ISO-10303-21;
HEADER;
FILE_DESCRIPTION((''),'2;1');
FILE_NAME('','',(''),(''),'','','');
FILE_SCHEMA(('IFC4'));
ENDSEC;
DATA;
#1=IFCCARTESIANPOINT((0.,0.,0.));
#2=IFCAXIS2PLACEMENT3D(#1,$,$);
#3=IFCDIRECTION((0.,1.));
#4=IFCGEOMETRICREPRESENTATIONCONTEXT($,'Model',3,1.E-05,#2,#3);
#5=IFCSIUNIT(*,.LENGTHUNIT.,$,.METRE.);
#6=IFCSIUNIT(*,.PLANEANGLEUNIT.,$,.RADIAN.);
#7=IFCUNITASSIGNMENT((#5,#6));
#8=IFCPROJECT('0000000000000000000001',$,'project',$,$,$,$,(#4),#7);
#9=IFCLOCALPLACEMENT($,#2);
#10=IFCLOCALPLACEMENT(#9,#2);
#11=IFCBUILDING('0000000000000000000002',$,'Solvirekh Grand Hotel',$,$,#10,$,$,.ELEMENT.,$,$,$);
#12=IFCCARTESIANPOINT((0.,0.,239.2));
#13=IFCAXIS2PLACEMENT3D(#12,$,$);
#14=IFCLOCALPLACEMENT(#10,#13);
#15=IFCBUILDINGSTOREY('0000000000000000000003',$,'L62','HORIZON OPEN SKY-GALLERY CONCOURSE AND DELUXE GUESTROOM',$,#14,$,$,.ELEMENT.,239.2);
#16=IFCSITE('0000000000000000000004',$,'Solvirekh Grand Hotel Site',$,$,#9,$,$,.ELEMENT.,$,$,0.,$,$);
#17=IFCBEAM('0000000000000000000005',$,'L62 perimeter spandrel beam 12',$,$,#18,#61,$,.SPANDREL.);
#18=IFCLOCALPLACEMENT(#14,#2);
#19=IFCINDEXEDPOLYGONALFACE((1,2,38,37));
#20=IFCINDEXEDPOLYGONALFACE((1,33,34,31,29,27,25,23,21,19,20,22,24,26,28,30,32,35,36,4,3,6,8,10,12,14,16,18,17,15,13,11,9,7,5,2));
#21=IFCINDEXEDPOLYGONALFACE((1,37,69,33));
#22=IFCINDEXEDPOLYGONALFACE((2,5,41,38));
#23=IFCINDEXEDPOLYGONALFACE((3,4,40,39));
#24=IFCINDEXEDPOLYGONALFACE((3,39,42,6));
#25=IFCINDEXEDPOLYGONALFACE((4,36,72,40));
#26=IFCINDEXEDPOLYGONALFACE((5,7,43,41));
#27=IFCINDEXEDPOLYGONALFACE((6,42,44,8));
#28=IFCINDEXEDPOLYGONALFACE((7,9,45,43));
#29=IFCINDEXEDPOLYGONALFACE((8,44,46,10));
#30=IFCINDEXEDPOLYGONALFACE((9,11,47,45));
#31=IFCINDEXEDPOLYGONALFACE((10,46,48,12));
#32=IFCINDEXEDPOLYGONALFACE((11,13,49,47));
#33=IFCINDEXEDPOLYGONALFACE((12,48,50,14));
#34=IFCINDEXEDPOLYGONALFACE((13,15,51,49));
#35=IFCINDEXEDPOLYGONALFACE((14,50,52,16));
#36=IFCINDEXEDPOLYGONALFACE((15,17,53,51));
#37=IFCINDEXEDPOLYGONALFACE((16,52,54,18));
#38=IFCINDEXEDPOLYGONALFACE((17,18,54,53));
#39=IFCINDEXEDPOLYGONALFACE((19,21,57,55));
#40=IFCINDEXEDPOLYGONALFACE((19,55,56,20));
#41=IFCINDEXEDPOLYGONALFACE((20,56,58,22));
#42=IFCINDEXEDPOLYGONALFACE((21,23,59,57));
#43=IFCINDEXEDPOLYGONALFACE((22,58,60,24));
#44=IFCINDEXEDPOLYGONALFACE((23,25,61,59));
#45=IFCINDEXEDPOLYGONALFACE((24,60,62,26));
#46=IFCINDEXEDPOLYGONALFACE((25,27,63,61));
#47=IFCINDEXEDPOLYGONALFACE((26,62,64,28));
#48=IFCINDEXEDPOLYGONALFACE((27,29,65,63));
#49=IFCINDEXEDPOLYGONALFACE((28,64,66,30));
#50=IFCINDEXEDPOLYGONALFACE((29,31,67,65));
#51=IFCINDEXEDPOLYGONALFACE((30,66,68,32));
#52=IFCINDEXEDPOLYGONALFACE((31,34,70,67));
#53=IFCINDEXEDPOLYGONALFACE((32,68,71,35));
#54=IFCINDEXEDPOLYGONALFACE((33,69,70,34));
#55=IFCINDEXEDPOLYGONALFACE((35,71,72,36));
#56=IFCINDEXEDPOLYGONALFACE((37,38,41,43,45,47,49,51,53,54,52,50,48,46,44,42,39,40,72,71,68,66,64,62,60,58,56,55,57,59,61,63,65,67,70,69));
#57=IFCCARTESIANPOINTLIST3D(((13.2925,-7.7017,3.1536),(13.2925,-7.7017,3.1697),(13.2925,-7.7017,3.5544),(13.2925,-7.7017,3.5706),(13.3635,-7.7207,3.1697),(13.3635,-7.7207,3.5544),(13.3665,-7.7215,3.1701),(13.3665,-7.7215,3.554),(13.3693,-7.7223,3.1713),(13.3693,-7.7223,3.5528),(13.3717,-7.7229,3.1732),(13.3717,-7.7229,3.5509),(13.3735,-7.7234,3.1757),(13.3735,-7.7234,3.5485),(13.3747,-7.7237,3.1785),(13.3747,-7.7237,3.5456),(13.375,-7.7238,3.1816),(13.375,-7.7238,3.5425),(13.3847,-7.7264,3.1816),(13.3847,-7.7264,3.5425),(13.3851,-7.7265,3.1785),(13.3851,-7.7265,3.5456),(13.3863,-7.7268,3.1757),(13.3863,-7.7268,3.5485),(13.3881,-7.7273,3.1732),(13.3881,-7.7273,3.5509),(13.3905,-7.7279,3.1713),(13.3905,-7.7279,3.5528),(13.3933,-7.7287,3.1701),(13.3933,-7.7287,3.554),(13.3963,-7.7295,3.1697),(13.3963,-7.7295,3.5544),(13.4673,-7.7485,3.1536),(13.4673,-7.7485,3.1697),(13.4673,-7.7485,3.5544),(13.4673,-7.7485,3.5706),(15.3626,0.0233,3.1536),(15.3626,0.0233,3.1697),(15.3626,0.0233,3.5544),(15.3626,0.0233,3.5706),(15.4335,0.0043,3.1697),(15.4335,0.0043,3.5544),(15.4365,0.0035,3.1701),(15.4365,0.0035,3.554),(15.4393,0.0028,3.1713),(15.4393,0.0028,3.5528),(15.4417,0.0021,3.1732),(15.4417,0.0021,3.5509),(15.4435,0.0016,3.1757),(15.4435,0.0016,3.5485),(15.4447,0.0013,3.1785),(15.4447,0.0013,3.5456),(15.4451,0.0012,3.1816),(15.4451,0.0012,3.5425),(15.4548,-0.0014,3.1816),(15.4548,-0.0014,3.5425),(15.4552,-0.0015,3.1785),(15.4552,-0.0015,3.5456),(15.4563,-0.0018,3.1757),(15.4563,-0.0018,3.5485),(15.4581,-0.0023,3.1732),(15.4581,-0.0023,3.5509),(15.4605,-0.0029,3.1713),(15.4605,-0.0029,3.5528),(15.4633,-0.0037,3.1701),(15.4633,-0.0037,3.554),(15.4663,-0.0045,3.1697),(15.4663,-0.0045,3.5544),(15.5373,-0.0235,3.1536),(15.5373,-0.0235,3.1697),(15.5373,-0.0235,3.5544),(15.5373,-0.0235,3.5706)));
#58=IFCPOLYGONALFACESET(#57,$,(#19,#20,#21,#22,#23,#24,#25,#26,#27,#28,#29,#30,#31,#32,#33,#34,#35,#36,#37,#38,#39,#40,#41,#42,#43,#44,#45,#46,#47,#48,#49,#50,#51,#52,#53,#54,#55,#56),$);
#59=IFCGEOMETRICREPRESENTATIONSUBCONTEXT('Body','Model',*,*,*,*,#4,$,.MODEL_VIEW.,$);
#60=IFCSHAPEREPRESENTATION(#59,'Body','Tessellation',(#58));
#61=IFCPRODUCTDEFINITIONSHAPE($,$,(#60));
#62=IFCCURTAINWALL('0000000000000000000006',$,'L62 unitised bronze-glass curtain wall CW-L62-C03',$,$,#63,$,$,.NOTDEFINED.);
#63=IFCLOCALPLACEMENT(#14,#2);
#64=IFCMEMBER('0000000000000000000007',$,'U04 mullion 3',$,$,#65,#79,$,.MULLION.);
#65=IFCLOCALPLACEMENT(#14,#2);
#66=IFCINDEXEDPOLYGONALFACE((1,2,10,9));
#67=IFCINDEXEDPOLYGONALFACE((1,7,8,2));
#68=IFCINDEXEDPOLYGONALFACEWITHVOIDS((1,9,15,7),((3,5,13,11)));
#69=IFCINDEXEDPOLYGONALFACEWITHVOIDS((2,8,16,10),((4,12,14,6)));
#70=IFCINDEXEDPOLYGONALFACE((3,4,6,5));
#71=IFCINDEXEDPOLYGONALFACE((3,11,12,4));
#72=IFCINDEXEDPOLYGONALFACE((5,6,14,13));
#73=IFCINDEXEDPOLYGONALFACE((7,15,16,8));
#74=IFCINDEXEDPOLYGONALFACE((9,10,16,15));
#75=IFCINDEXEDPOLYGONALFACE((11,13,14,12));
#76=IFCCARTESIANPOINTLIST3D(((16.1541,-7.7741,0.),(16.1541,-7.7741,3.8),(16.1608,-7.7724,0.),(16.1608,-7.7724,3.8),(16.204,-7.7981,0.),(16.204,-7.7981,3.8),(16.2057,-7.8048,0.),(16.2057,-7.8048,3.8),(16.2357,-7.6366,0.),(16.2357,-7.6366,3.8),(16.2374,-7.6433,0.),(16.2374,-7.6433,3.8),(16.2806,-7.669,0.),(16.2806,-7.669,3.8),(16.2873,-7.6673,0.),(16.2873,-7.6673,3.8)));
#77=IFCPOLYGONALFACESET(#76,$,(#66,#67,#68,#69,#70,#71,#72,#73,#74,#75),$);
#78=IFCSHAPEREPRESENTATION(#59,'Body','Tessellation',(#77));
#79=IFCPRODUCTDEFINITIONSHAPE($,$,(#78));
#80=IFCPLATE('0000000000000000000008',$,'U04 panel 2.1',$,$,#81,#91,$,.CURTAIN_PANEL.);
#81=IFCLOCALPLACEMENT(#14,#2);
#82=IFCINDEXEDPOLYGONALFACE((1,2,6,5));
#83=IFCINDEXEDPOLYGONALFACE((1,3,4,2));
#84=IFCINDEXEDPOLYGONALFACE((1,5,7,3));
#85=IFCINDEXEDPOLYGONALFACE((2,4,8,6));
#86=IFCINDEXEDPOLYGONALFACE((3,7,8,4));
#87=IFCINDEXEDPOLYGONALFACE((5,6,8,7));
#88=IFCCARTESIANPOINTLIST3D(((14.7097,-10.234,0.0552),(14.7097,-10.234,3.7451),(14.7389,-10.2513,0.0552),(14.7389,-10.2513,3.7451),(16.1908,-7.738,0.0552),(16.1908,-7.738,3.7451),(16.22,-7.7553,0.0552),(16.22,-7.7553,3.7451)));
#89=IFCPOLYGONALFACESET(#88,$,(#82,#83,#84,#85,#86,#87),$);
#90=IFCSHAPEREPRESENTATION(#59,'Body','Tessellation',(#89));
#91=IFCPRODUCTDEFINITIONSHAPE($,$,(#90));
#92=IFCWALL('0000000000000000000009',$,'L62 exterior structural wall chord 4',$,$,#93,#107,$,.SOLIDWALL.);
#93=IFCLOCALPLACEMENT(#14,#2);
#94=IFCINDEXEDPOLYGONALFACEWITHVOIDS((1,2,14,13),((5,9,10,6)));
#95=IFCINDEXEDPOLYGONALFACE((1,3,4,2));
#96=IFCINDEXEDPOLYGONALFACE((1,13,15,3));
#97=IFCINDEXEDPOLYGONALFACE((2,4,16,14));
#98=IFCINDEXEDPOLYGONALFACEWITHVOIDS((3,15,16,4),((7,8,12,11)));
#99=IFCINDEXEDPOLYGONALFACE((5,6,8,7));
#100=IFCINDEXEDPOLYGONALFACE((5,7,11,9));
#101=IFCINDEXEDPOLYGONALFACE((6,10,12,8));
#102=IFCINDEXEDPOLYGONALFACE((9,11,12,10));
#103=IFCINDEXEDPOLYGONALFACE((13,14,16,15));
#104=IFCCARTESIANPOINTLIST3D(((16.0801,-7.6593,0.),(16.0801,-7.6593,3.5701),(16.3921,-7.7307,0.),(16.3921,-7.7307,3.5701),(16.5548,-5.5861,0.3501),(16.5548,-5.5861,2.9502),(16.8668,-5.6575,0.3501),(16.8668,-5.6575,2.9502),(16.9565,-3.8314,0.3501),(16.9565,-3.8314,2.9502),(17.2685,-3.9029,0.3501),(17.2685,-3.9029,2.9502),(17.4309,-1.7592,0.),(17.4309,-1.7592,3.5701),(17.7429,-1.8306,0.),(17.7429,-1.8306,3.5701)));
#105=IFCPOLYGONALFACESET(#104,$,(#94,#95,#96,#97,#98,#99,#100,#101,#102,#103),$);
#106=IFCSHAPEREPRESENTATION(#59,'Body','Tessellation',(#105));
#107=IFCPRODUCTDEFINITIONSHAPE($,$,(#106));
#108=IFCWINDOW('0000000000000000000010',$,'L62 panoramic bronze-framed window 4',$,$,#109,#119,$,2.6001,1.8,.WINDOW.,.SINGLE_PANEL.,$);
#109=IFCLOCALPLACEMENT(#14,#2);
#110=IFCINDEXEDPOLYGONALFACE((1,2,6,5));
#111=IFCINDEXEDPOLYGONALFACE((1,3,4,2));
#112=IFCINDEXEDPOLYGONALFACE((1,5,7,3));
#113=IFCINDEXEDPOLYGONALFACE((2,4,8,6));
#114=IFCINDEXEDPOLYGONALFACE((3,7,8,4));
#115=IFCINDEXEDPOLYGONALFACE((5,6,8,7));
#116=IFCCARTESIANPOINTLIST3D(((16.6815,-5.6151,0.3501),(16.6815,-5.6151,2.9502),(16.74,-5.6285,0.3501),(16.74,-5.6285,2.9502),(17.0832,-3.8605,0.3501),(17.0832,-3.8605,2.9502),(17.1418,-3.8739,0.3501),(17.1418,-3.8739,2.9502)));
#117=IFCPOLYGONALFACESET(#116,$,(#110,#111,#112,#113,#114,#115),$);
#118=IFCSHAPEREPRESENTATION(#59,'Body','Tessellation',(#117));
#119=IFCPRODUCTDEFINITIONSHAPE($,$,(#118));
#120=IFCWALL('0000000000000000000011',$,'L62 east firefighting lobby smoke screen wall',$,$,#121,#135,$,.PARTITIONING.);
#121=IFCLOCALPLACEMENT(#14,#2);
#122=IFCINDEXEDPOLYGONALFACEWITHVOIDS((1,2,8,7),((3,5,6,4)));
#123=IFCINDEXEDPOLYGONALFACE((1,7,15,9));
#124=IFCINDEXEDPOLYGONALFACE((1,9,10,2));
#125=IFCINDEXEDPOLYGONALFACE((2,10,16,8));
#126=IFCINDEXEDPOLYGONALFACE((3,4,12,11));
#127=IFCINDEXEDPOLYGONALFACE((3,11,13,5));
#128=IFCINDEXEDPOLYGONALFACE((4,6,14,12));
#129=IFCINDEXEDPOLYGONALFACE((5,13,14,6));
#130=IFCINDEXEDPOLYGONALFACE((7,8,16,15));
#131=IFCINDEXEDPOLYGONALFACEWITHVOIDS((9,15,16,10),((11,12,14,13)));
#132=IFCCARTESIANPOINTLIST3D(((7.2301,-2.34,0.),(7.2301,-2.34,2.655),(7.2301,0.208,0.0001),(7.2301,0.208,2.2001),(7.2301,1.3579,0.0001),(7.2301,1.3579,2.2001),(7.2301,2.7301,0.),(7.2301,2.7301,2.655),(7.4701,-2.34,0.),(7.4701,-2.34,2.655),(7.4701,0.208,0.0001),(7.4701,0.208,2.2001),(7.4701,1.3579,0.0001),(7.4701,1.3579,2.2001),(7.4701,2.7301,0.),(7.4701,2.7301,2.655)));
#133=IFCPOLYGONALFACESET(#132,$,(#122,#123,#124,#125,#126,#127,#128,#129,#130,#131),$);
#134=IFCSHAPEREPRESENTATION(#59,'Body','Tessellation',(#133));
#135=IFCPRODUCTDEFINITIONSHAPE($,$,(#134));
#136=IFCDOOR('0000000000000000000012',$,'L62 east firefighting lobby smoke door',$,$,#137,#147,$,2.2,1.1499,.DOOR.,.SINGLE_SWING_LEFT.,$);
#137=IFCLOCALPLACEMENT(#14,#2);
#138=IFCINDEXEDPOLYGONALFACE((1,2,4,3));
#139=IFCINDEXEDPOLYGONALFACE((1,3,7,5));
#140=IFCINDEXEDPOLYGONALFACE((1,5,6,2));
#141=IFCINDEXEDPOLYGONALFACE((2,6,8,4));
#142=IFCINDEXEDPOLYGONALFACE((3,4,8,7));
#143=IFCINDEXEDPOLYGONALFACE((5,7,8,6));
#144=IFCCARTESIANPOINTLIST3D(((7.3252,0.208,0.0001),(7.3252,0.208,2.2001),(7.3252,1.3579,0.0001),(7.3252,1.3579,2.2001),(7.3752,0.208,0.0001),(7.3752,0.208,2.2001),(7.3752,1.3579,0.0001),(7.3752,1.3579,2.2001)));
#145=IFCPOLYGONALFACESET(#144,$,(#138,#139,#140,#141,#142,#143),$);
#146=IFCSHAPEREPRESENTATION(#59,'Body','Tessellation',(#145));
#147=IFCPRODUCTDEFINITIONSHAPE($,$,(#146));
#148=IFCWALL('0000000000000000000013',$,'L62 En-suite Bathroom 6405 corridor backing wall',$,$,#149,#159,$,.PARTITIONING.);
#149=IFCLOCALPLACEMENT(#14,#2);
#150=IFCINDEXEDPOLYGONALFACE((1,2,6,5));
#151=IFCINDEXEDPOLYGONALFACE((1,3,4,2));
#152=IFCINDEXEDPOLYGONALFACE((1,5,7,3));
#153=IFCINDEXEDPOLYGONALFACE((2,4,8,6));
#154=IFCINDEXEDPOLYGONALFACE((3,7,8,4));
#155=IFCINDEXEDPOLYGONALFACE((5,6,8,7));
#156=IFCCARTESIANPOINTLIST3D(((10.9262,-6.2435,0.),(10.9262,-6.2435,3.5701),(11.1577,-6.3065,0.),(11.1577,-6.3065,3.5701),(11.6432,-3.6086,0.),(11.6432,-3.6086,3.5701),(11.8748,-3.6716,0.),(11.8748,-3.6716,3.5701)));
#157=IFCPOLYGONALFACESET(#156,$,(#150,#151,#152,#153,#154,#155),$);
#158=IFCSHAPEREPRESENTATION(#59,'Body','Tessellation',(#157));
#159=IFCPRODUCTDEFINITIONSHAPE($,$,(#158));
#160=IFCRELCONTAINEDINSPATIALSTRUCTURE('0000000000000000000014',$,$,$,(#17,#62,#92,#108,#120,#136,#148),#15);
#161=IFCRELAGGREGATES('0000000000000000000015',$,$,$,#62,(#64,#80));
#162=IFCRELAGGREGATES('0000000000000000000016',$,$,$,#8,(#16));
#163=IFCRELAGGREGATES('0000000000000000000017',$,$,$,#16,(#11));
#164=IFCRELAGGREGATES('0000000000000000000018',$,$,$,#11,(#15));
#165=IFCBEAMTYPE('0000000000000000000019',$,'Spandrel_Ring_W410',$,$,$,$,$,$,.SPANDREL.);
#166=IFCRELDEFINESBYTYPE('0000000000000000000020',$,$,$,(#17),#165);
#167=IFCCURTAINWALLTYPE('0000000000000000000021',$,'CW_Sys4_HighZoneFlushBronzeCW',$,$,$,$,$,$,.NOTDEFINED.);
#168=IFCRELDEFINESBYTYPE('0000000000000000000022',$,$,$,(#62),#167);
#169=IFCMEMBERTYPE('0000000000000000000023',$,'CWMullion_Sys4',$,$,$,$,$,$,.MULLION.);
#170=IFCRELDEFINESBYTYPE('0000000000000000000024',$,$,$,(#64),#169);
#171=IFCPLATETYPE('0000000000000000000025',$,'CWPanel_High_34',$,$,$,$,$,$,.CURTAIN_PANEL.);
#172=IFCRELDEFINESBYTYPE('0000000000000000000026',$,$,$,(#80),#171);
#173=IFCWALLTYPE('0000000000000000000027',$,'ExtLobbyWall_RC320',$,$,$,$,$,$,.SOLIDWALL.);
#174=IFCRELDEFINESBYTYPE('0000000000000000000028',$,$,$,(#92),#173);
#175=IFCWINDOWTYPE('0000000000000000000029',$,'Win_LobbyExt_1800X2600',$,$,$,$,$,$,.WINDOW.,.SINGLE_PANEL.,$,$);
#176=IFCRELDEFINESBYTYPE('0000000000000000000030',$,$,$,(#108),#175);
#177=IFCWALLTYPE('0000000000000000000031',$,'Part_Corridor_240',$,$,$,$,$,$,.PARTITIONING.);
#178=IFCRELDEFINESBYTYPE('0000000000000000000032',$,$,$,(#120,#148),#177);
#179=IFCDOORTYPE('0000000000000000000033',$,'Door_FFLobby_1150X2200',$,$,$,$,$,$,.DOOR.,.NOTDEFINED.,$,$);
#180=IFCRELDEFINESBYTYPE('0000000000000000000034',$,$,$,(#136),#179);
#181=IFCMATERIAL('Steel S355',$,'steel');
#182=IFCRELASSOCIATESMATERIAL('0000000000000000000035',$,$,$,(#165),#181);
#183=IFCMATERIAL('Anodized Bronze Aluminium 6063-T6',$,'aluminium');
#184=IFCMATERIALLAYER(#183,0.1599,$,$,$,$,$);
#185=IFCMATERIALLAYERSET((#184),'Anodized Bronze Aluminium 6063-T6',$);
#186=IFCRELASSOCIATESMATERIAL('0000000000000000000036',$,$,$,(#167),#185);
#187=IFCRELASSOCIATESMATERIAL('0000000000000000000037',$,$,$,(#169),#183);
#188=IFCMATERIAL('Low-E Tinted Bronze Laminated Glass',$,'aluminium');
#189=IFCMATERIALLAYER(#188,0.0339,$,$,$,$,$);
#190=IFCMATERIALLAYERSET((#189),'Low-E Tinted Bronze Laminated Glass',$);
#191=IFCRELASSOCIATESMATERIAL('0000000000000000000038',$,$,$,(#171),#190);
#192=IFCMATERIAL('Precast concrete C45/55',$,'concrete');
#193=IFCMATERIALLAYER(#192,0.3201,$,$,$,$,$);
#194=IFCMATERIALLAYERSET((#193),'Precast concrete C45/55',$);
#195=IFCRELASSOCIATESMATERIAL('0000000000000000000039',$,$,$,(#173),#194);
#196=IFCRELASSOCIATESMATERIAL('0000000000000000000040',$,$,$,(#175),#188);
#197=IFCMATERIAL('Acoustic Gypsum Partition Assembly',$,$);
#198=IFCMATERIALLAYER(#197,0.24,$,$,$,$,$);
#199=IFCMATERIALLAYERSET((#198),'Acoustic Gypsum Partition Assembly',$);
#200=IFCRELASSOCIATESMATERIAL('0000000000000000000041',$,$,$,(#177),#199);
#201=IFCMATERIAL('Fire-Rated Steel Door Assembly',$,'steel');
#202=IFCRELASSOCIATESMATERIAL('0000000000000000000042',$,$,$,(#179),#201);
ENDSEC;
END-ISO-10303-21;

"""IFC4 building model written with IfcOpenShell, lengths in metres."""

from ifc_helpers import new_model, si_unit, direction, frame, frame_2d, origin, origin_2d, place, context, subcontext, project, spatial, rectangle, hollow_rectangle, i_section, extrude, source, transform, mapped, material, layer, layer_set, material_profile, profile_set, type_object, element, fill, aggregate, save


model = new_model("IFC4")

# Units and contexts
model_context = context("Model", 3, precision=1e-05, world=origin(), true_north=direction((0.0, 1.0)))
body_context = subcontext(model_context, "Body", "Model", "MODEL_VIEW")
ifc_project = project(units=[si_unit("LENGTHUNIT", "METRE"), si_unit("PLANEANGLEUNIT", "RADIAN")], contexts=[model_context])

# Site, building, storey
site_placement = place(None, origin())
site = spatial("IfcSite", under=ifc_project, at=site_placement, Name="Solvirekh Grand Hotel Site", CompositionType="ELEMENT", RefElevation=0.0)
building_placement = place(site_placement, origin())
building = spatial("IfcBuilding", under=site, at=building_placement, Name="Solvirekh Grand Hotel", CompositionType="ELEMENT")
storey_placement = place(building_placement, frame((0.0, 0.0, 239.2)))
storey = spatial("IfcBuildingStorey", under=building, at=storey_placement, Name="L62", Description="HORIZON OPEN SKY-GALLERY CONCOURSE AND DELUXE GUESTROOM", CompositionType="ELEMENT", Elevation=239.2)

# Beam
ifc_material_1 = material(Name="Steel S355", Category="steel")
ifc_material_profile_1 = material_profile(ifc_material_1, i_section(OverallWidth=0.1809, OverallDepth=0.417, WebThickness=0.01, FlangeThickness=0.0161, FilletRadius=0.012, at=origin_2d()), Name="W410X85")
ifc_profile_set_1 = profile_set([ifc_material_profile_1], Name="Steel S355")
beam_type_1 = type_object("IfcBeamType", Name="Spandrel_Ring_W410", PredefinedType="SPANDREL", material=ifc_profile_set_1)
beam_1_placement = place(storey_placement, frame((13.3799, -7.7251, 3.3621), z_axis=(0.258835, 0.965922, 0.0), x_axis=(-0.965922, 0.258835, 0.0)))
element("IfcBeam", 1, at=beam_1_placement, inside=storey, type_object=beam_type_1, Name="L62 perimeter spandrel beam 12", PredefinedType="SPANDREL", context=body_context, shape_type="SweptSolid", body=[
    extrude(i_section(OverallWidth=0.1809, OverallDepth=0.417, WebThickness=0.01, FlangeThickness=0.0161, FilletRadius=0.012, at=origin_2d()), origin(), (0.0, 0.0, 1.0), 7.9976),
])

# Curtain wall, member, plate
ifc_material_2 = material(Name="Anodized Bronze Aluminium 6063-T6", Category="aluminium")
ifc_layer_1 = layer(ifc_material_2, 0.1599)
ifc_layer_set_1 = layer_set([ifc_layer_1], Name="Anodized Bronze Aluminium 6063-T6")
curtain_wall_type = type_object("IfcCurtainWallType", Name="CW_Sys4_HighZoneFlushBronzeCW", PredefinedType="NOTDEFINED", material=ifc_layer_set_1)
curtain_wall_placement = place(storey_placement, origin())
curtain_wall = element("IfcCurtainWall", 2, at=curtain_wall_placement, inside=storey, type_object=curtain_wall_type, Name="L62 unitised bronze-glass curtain wall CW-L62-C03", PredefinedType="NOTDEFINED")
ifc_material_profile_2 = material_profile(ifc_material_2, hollow_rectangle(XDim=0.0601, YDim=0.1599, WallThickness=0.0049, at=origin_2d()), Name="ALU RHS 160X60X5")
ifc_profile_set_2 = profile_set([ifc_material_profile_2], Name="Anodized Bronze Aluminium 6063-T6")
member_type = type_object("IfcMemberType", Name="CWMullion_Sys4", PredefinedType="MULLION", material=ifc_profile_set_2)
shared_shape_1 = source(origin(), body_context, "Body", "SweptSolid", [
    extrude(hollow_rectangle(XDim=0.0601, YDim=0.1599, WallThickness=0.0049, at=origin_2d()), origin(), (0.0, 0.0, 1.0), 3.8),
])
member_placement = place(storey_placement, frame((16.2207, -7.7207, 0.0), z_axis=(0.0, 0.0, 1.0), x_axis=(-0.860004, 0.510288, 0.0)))
member = element("IfcMember", 3, at=member_placement, type_object=member_type, Name="U04 mullion 3", PredefinedType="MULLION", context=body_context, shape_type="MappedRepresentation", body=[
    mapped(shared_shape_1, transform((0.0, 0.0, 0.0), x_axis=(1.0, 0.0, 0.0), y_axis=(0.0, 1.0, 0.0), z_axis=(0.0, 0.0, 1.0), scale=1.0)),
])
ifc_material_3 = material(Name="Low-E Tinted Bronze Laminated Glass", Category="aluminium")
ifc_layer_2 = layer(ifc_material_3, 0.0339)
ifc_layer_set_2 = layer_set([ifc_layer_2], Name="Low-E Tinted Bronze Laminated Glass")
plate_type = type_object("IfcPlateType", Name="CWPanel_High_34", PredefinedType="CURTAIN_PANEL", material=ifc_layer_set_2)
shared_shape_2 = source(origin(), body_context, "Body", "SweptSolid", [
    extrude(rectangle(XDim=2.9023, YDim=0.0339, at=origin_2d()), origin(), (0.0, 0.0, 1.0), 3.6899),
])
plate_placement = place(storey_placement, frame((15.4648, -8.9946, 0.0552), z_axis=(0.0, 0.0, 1.0), x_axis=(0.510288, 0.860004, 0.0)))
plate = element("IfcPlate", 4, at=plate_placement, type_object=plate_type, Name="U04 panel 2.1", PredefinedType="CURTAIN_PANEL", context=body_context, shape_type="MappedRepresentation", body=[
    mapped(shared_shape_2, transform((0.0, 0.0, 0.0), x_axis=(1.0, 0.0, 0.0), y_axis=(0.0, 1.0, 0.0), z_axis=(0.0, 0.0, 1.0), scale=1.0)),
])
aggregate(curtain_wall, [member, plate])

# Wall, opening, window
ifc_material_4 = material(Name="Precast concrete C45/55", Category="concrete")
ifc_layer_3 = layer(ifc_material_4, 0.3201)
ifc_layer_set_3 = layer_set([ifc_layer_3], Name="Precast concrete C45/55")
wall_type_1 = type_object("IfcWallType", Name="ExtLobbyWall_RC320", PredefinedType="SOLIDWALL", material=ifc_layer_set_3)
wall_1_placement = place(storey_placement, frame((17.5869, -1.7949, 0.0), z_axis=(0.0, 0.0, 1.0), x_axis=(-0.223174, -0.974779, 0.0)))
wall_1 = element("IfcWall", 5, at=wall_1_placement, inside=storey, type_object=wall_type_1, Name="L62 exterior structural wall chord 4", PredefinedType="SOLIDWALL", context=body_context, shape_type="SweptSolid", body=[
    extrude(rectangle(XDim=6.0527, YDim=0.3201, at=frame_2d((3.0264, 0.0))), origin(), (0.0, 0.0, 1.0), 3.5701),
])
opening_1_placement = place(wall_1_placement, frame((2.126, 0.0, 0.3501)))
opening_1 = element("IfcOpeningElement", 6, at=opening_1_placement, cuts=wall_1, PredefinedType="OPENING", context=body_context, shape_type="SweptSolid", body=[
    extrude(rectangle(XDim=1.8, YDim=2.6001, at=frame_2d((0.8999, 1.3))), frame((0.0, 0.1699, 0.0), z_axis=(0.0, -1.0, 0.0), x_axis=(1.0, 0.0, 0.0)), (0.0, 0.0, 1.0), 0.3401),
])
window_type = type_object("IfcWindowType", Name="Win_LobbyExt_1800X2600", PartitioningType="SINGLE_PANEL", PredefinedType="WINDOW", material=ifc_material_3)
window_placement = place(opening_1_placement, origin())
window = element("IfcWindow", 7, at=window_placement, inside=storey, type_object=window_type, Name="L62 panoramic bronze-framed window 4", OverallHeight=2.6001, OverallWidth=1.8, PartitioningType="SINGLE_PANEL", PredefinedType="WINDOW", context=body_context, shape_type="SweptSolid", body=[
    extrude(rectangle(XDim=1.8, YDim=2.6001, at=frame_2d((0.8999, 1.3))), frame((0.0, 0.03, 0.0), z_axis=(0.0, -1.0, 0.0), x_axis=(1.0, 0.0, 0.0)), (0.0, 0.0, 1.0), 0.0601),
])
fill(opening_1, window)

# Wall, opening, door
ifc_material_5 = material(Name="Acoustic Gypsum Partition Assembly")
ifc_layer_4 = layer(ifc_material_5, 0.24)
ifc_layer_set_4 = layer_set([ifc_layer_4], Name="Acoustic Gypsum Partition Assembly")
wall_type_2 = type_object("IfcWallType", Name="Part_Corridor_240", PredefinedType="PARTITIONING", material=ifc_layer_set_4)
wall_2_placement = place(storey_placement, frame((7.3501, -2.3401, 0.0), z_axis=(0.0, 0.0, 1.0), x_axis=(0.0, 1.0, 0.0)))
wall_2 = element("IfcWall", 8, at=wall_2_placement, inside=storey, type_object=wall_type_2, Name="L62 east firefighting lobby smoke screen wall", PredefinedType="PARTITIONING", context=body_context, shape_type="SweptSolid", body=[
    extrude(rectangle(XDim=5.0701, YDim=0.24, at=frame_2d((2.5352, 0.0))), origin(), (0.0, 0.0, 1.0), 2.655),
])
opening_2_placement = place(wall_2_placement, frame((2.5481, 0.0, 0.0)))
opening_2 = element("IfcOpeningElement", 9, at=opening_2_placement, cuts=wall_2, PredefinedType="OPENING", context=body_context, shape_type="SweptSolid", body=[
    extrude(rectangle(XDim=1.1499, YDim=2.2, at=frame_2d((0.575, 1.1001))), frame((0.0, 0.1299, 0.0), z_axis=(0.0, -1.0, 0.0), x_axis=(1.0, 0.0, 0.0)), (0.0, 0.0, 1.0), 0.26),
])
ifc_material_6 = material(Name="Fire-Rated Steel Door Assembly", Category="steel")
door_type_1 = type_object("IfcDoorType", Name="Door_FFLobby_1150X2200", OperationType="NOTDEFINED", PredefinedType="DOOR", material=ifc_material_6)
door_1_placement = place(opening_2_placement, origin())
door_1 = element("IfcDoor", 10, at=door_1_placement, inside=storey, type_object=door_type_1, Name="L62 east firefighting lobby smoke door", OperationType="SINGLE_SWING_LEFT", OverallHeight=2.2, OverallWidth=1.1499, PredefinedType="DOOR", context=body_context, shape_type="SweptSolid", body=[
    extrude(rectangle(XDim=1.1499, YDim=2.2, at=frame_2d((0.575, 1.1001))), frame((0.0, 0.0249, 0.0), z_axis=(0.0, -1.0, 0.0), x_axis=(1.0, 0.0, 0.0)), (0.0, 0.0, 1.0), 0.05),
])
fill(opening_2, door_1)

# Wall
wall_3_placement = place(storey_placement, frame((11.042, -6.2749, 0.0), z_axis=(0.0, 0.0, 1.0), x_axis=(0.262573, 0.964912, 0.0)))
element("IfcWall", 11, at=wall_3_placement, inside=storey, type_object=wall_type_2, Name="L62 En-suite Bathroom 6405 corridor backing wall", PredefinedType="PARTITIONING", context=body_context, shape_type="SweptSolid", body=[
    extrude(rectangle(XDim=2.7307, YDim=0.24, at=frame_2d((1.3652, 0.0))), origin(), (0.0, 0.0, 1.0), 3.5701),
])

save(model, "model.ifc")
